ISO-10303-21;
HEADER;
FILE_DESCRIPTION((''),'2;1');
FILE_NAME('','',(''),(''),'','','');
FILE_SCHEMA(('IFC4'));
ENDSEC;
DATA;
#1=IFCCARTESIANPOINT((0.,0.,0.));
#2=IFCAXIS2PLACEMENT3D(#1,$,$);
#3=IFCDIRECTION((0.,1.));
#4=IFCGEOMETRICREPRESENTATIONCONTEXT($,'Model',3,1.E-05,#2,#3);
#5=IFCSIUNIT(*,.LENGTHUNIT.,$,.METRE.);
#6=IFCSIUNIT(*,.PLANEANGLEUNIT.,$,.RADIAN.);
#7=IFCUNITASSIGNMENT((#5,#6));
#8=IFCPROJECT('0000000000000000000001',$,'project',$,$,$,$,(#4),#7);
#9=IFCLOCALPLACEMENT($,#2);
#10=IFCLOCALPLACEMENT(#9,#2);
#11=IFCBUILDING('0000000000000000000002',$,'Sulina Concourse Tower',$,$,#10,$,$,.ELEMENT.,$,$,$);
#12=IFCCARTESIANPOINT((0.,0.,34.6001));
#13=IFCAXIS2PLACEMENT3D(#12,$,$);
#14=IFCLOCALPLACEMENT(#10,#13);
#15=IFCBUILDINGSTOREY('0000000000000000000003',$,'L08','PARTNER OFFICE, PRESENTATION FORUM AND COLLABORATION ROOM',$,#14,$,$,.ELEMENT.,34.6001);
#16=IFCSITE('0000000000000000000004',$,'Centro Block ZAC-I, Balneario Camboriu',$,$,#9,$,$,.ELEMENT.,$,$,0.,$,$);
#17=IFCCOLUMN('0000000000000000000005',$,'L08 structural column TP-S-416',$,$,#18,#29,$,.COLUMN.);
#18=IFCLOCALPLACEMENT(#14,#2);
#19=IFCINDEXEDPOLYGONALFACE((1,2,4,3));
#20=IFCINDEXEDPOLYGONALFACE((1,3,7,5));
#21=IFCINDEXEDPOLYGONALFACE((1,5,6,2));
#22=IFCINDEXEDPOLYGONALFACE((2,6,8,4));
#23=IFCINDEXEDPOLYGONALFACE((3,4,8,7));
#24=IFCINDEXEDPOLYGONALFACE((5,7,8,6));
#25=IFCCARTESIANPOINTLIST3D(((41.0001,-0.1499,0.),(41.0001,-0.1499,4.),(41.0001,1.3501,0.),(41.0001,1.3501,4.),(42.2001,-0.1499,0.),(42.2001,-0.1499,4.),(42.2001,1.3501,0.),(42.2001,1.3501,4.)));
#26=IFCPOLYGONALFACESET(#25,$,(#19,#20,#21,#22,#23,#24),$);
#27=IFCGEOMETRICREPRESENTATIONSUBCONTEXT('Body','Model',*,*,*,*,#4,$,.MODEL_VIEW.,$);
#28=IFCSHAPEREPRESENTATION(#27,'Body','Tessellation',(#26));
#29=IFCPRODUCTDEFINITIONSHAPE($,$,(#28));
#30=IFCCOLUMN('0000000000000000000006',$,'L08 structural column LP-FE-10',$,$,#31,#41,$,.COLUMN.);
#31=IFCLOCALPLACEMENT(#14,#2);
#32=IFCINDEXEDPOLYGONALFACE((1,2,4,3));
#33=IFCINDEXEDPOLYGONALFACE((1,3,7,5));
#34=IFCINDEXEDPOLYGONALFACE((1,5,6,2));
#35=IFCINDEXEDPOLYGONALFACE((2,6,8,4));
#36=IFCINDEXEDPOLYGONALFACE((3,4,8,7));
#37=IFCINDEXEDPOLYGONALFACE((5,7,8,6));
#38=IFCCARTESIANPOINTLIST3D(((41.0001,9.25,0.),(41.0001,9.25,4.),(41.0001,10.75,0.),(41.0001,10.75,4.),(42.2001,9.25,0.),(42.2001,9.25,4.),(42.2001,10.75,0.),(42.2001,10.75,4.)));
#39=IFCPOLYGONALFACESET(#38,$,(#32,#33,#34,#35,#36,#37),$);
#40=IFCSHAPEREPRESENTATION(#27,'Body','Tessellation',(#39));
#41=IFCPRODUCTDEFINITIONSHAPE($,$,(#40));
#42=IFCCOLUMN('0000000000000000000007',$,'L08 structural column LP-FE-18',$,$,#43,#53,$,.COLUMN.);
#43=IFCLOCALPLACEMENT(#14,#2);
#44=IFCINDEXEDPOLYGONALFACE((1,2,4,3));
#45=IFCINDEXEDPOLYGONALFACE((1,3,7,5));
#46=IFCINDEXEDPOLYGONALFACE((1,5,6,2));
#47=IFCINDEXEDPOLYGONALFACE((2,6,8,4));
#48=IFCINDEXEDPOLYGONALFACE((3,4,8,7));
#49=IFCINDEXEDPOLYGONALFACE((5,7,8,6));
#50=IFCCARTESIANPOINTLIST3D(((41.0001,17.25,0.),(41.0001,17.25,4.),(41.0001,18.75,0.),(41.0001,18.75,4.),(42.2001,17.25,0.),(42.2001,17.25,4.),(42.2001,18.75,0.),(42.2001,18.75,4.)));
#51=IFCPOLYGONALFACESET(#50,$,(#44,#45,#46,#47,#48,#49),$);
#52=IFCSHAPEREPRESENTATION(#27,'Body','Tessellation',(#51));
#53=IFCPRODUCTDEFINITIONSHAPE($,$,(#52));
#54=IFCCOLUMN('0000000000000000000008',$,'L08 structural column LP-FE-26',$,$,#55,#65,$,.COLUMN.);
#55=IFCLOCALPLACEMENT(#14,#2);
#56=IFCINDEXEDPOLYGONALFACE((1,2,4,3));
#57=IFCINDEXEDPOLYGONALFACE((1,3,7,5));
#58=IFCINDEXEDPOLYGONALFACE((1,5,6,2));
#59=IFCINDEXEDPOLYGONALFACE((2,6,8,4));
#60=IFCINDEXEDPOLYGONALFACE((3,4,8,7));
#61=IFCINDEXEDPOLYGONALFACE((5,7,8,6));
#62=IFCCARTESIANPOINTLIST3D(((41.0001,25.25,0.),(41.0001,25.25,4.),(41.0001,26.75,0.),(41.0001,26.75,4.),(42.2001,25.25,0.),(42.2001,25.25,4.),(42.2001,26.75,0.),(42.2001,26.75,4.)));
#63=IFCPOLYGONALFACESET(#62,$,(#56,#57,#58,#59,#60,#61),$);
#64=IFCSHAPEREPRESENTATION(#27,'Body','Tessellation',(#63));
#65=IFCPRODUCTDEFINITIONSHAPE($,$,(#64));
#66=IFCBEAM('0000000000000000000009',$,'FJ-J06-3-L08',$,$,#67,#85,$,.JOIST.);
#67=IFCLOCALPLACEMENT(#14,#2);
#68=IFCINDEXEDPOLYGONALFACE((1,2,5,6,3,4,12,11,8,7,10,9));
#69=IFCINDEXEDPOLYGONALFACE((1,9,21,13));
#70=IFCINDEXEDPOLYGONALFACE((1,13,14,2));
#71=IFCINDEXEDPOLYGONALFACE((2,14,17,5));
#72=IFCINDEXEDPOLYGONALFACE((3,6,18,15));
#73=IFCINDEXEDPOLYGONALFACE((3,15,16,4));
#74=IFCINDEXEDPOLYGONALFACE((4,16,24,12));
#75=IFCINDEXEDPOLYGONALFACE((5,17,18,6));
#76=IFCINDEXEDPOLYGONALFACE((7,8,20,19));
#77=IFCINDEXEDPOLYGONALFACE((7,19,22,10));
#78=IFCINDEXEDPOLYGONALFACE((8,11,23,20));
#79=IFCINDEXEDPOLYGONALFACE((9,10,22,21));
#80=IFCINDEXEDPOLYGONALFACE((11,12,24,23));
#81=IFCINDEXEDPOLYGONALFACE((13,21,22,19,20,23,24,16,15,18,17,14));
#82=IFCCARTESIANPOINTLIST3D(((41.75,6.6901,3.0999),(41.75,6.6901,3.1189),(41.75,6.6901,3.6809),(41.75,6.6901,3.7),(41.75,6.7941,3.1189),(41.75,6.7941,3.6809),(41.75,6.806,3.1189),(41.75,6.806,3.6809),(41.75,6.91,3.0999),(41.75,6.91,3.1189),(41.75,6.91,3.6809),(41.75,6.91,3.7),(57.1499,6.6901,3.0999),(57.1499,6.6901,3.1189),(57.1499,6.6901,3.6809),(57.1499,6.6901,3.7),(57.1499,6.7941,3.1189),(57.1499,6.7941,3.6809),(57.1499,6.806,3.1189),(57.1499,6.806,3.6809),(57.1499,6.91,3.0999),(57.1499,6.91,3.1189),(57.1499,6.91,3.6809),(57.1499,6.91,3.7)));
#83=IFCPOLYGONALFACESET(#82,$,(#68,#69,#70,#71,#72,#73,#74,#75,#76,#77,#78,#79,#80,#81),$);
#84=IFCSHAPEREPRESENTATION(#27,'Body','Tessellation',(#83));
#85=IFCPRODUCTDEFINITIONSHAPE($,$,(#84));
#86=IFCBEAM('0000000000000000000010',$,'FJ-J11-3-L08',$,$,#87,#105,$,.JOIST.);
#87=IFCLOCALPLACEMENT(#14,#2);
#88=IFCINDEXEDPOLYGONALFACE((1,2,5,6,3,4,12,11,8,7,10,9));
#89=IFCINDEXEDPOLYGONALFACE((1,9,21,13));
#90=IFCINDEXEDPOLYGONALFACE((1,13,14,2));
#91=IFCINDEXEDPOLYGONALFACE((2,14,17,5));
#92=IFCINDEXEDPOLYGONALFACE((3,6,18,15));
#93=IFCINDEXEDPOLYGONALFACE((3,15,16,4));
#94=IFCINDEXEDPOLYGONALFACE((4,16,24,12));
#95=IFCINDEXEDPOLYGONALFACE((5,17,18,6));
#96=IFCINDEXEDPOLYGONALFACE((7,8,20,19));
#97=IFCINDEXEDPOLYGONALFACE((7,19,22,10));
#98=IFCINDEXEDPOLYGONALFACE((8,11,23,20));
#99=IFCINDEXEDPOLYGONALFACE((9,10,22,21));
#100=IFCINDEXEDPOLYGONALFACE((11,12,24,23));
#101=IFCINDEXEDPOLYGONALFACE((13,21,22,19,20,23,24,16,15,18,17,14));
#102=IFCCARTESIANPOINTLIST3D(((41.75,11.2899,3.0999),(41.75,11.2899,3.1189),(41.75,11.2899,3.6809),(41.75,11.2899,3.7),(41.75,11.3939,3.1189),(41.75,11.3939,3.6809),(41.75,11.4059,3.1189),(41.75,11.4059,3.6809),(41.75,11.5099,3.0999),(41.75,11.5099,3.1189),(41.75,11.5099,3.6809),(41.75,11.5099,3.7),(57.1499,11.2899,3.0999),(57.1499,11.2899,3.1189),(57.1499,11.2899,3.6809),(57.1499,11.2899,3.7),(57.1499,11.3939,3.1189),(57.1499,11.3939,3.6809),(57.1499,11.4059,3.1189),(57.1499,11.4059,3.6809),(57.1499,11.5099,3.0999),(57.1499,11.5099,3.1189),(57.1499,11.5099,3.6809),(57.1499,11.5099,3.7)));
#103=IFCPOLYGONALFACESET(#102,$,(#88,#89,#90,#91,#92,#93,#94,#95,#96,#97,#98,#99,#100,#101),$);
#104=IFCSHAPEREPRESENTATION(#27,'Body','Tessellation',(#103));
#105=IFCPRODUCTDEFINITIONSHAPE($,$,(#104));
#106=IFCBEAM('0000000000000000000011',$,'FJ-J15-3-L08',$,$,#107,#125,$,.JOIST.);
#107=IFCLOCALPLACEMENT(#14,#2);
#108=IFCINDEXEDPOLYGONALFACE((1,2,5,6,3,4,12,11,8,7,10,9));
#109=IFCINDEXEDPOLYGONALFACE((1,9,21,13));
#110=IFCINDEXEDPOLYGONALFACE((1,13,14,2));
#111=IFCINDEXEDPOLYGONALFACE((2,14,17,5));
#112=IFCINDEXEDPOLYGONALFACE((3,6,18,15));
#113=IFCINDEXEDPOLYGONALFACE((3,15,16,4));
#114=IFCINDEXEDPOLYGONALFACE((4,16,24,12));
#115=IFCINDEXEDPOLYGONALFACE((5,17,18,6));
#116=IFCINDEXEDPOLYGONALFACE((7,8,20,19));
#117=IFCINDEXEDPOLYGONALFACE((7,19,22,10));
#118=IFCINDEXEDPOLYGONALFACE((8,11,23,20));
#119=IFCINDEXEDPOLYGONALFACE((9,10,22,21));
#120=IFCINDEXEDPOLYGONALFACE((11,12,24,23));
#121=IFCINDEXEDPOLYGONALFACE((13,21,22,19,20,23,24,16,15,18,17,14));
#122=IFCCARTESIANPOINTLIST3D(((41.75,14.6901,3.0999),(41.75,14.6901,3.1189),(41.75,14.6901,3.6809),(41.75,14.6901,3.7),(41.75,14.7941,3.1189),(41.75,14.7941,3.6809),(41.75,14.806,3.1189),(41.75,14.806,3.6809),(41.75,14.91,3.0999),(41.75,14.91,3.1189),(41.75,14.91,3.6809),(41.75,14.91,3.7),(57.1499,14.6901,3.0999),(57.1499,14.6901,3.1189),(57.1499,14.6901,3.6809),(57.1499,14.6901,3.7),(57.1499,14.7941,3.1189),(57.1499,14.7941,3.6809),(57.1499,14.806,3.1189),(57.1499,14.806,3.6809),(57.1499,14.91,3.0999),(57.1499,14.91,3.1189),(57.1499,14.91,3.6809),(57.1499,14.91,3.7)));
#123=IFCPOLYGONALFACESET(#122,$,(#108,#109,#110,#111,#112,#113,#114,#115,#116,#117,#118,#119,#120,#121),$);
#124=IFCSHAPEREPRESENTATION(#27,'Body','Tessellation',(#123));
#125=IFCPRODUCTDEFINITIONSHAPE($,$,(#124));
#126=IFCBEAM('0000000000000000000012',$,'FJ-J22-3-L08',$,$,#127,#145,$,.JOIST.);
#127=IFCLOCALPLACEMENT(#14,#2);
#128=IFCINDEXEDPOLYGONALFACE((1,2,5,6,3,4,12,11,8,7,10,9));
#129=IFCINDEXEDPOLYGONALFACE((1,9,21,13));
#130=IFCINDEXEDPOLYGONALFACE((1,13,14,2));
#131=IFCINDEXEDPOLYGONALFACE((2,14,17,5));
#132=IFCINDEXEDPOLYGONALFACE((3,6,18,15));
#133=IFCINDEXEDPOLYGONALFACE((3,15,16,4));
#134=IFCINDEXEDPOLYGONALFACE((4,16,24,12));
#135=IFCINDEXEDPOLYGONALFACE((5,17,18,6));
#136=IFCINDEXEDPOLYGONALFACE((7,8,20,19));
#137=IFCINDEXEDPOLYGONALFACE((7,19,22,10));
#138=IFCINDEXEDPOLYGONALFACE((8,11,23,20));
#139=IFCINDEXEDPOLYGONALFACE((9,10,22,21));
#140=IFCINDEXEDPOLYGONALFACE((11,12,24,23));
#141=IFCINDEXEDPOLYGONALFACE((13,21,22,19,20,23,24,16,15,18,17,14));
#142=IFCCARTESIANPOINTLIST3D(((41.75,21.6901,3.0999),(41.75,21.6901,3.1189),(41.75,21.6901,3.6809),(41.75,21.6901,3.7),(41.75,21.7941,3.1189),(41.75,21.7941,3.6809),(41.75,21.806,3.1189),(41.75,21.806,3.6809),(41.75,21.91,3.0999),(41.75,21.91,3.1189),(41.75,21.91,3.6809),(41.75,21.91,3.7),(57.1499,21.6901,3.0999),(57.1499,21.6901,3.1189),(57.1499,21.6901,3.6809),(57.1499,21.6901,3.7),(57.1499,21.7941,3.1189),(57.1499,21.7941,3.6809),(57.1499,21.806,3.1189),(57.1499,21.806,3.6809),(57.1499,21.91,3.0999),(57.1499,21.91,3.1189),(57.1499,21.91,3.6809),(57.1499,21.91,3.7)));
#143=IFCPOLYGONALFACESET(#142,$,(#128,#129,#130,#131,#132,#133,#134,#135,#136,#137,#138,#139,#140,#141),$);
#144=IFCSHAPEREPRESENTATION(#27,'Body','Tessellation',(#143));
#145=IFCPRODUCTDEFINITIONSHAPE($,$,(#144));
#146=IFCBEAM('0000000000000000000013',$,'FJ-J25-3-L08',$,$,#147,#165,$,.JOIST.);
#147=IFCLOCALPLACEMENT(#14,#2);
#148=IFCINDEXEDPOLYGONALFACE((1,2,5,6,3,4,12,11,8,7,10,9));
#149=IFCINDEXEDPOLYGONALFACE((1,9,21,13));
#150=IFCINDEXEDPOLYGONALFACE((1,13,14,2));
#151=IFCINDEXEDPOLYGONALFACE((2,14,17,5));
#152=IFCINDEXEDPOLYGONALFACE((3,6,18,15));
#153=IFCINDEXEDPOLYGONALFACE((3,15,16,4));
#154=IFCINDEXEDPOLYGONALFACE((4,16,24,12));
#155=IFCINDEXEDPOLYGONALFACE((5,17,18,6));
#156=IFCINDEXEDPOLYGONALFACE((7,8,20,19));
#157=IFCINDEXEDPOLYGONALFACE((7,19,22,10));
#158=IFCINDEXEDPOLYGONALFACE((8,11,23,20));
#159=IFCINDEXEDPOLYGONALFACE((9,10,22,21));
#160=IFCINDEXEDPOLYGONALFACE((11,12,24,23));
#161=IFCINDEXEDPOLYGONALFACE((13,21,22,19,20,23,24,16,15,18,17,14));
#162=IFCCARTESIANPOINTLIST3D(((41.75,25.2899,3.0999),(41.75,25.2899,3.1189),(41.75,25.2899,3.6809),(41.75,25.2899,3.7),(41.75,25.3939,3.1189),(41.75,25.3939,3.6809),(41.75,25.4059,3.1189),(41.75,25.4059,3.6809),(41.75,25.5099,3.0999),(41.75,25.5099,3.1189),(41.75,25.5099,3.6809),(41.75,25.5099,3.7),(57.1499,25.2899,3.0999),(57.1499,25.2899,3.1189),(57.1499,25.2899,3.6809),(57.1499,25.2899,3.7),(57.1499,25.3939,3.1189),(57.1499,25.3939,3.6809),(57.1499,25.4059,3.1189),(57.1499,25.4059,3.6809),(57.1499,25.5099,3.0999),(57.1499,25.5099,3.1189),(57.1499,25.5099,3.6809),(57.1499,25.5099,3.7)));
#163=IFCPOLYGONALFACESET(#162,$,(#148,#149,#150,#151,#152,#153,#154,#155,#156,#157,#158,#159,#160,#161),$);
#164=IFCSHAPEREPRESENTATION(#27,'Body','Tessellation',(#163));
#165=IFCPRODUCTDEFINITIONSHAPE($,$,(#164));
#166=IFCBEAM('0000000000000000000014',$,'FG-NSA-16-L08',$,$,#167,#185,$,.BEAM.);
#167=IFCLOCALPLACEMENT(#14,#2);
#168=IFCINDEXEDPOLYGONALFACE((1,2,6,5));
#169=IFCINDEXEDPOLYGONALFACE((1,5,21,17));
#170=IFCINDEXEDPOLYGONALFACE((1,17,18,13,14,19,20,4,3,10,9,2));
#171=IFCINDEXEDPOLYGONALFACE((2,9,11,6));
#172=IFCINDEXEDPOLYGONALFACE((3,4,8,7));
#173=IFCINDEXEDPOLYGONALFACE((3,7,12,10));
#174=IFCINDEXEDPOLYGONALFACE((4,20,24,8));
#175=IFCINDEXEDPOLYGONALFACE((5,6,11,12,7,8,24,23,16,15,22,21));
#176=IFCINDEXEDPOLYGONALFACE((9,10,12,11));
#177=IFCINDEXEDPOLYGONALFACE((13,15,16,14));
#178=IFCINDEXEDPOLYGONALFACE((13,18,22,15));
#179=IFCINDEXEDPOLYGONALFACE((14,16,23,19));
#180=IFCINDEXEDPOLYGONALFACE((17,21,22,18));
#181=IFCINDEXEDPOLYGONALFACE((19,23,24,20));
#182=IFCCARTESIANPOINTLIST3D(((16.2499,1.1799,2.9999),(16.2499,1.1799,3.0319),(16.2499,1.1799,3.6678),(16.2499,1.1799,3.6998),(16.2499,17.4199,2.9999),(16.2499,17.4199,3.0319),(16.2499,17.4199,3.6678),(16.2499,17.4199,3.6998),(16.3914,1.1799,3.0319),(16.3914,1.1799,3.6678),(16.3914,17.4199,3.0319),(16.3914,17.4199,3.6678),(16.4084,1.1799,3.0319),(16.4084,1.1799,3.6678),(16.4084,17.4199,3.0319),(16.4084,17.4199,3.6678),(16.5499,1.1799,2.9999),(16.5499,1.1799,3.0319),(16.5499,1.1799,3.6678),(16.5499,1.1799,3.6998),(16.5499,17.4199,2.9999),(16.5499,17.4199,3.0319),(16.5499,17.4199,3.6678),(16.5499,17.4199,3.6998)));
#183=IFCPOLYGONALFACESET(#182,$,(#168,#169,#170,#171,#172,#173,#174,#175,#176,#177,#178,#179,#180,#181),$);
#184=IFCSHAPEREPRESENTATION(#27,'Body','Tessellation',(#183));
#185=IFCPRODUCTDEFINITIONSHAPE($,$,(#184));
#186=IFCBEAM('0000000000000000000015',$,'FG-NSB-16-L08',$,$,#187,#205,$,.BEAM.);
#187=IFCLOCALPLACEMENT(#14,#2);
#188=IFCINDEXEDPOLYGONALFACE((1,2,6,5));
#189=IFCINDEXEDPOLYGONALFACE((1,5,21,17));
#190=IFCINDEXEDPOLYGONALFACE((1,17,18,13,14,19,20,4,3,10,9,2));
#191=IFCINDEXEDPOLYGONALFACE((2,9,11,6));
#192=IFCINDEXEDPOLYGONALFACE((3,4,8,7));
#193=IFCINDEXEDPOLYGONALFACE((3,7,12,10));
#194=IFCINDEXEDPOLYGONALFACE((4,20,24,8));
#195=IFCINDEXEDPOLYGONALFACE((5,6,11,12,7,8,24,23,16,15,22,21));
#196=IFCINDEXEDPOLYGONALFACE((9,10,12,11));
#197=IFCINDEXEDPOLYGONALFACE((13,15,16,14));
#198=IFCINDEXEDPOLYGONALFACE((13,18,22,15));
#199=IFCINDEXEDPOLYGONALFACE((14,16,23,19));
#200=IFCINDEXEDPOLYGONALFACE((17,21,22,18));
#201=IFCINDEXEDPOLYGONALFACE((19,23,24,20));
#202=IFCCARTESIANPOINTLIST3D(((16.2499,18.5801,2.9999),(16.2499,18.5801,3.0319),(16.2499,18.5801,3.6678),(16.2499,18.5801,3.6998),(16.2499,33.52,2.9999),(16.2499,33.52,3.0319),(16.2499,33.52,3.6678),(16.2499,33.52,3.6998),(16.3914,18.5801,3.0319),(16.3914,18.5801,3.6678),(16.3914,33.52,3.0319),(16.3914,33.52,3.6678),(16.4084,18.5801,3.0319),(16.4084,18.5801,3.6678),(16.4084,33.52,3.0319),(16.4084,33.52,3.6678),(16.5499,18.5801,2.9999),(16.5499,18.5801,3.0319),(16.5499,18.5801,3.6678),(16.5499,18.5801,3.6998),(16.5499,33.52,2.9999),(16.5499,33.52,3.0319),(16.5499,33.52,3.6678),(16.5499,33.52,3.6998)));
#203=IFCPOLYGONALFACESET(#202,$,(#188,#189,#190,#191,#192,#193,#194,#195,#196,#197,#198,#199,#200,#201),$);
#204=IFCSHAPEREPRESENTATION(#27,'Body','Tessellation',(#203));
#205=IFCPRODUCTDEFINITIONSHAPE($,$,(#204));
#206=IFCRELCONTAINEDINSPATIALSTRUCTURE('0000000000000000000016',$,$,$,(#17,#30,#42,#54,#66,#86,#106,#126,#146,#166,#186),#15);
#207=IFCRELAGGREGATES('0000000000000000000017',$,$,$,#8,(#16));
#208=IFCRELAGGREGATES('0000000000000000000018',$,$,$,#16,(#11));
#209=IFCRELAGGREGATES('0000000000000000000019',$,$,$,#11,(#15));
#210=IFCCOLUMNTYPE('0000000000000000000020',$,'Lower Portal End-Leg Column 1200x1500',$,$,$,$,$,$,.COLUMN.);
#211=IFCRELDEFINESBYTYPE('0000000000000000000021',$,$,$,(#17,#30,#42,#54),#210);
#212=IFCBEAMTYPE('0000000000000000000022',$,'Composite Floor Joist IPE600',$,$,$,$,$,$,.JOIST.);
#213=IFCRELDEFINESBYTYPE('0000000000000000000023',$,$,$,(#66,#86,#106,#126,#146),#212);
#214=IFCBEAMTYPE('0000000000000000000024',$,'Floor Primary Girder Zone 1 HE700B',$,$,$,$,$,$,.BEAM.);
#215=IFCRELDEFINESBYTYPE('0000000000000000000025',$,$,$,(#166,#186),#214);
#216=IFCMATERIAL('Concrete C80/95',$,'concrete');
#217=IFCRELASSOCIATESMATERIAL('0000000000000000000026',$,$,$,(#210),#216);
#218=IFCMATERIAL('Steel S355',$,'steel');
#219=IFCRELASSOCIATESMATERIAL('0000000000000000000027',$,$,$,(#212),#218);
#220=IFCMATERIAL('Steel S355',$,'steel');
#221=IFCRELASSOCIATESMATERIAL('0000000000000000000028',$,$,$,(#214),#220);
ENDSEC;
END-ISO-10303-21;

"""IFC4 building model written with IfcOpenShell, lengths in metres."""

from ifc_helpers import new_model, si_unit, direction, frame, origin, origin_2d, place, context, subcontext, project, spatial, rectangle, i_section, extrude, material, material_profile, profile_set, type_object, element, save


model = new_model("IFC4")

# Units and contexts
model_context = context("Model", 3, precision=1e-05, world=origin(), true_north=direction((0.0, 1.0)))
body_context = subcontext(model_context, "Body", "Model", "MODEL_VIEW")
ifc_project = project(units=[si_unit("LENGTHUNIT", "METRE"), si_unit("PLANEANGLEUNIT", "RADIAN")], contexts=[model_context])

# Site, building, storey
site_placement = place(None, origin())
site = spatial("IfcSite", under=ifc_project, at=site_placement, Name="Centro Block ZAC-I, Balneario Camboriu", CompositionType="ELEMENT", RefElevation=0.0)
building_placement = place(site_placement, origin())
building = spatial("IfcBuilding", under=site, at=building_placement, Name="Sulina Concourse Tower", CompositionType="ELEMENT")
storey_placement = place(building_placement, frame((0.0, 0.0, 34.6001)))
storey = spatial("IfcBuildingStorey", under=building, at=storey_placement, Name="L08", Description="PARTNER OFFICE, PRESENTATION FORUM AND COLLABORATION ROOM", CompositionType="ELEMENT", Elevation=34.6001)

# Columns
ifc_material_1 = material(Name="Concrete C80/95", Category="concrete")
ifc_material_profile_1 = material_profile(ifc_material_1, rectangle(XDim=1.2, YDim=1.5, at=origin_2d()), Name="RC 1200x1500")
ifc_profile_set_1 = profile_set([ifc_material_profile_1], Name="Concrete C80/95")
column_type = type_object("IfcColumnType", Name="Lower Portal End-Leg Column 1200x1500", PredefinedType="COLUMN", material=ifc_profile_set_1)
for number, where, z_axis, x_axis, name in (
    (1, (41.6001, 0.6001, 0.0), (0.0, 0.0, 1.0), (1.0, 0.0, 0.0), "L08 structural column TP-S-416"),
    (2, (41.6001, 10.0, 0.0), (0.0, 0.0, 1.0), (1.0, 0.0, 0.0), "L08 structural column LP-FE-10"),
    (3, (41.6001, 18.0, 0.0), (0.0, 0.0, 1.0), (1.0, 0.0, 0.0), "L08 structural column LP-FE-18"),
    (4, (41.6001, 26.0, 0.0), (0.0, 0.0, 1.0), (1.0, 0.0, 0.0), "L08 structural column LP-FE-26"),
):
    element("IfcColumn", number, at=place(storey_placement, frame(where, z_axis=z_axis, x_axis=x_axis)), inside=storey, type_object=column_type, Name=name, PredefinedType="COLUMN", context=body_context, shape_type="SweptSolid", body=[
        extrude(rectangle(XDim=1.2, YDim=1.5, at=origin_2d()), origin(), (0.0, 0.0, 1.0), 4.0),
    ])

# Beams
ifc_material_2 = material(Name="Steel S355", Category="steel")
ifc_material_profile_2 = material_profile(ifc_material_2, i_section(OverallWidth=0.22, OverallDepth=0.6001, WebThickness=0.012, FlangeThickness=0.019, at=origin_2d()), Name="IPE 600")
ifc_profile_set_2 = profile_set([ifc_material_profile_2], Name="Steel S355")
beam_type_1 = type_object("IfcBeamType", Name="Composite Floor Joist IPE600", PredefinedType="JOIST", material=ifc_profile_set_2)
for number, where, z_axis, x_axis, name in (
    (5, (41.75, 6.8, 3.3999), (1.0, 0.0, 0.0), (0.0, 1.0, 0.0), "FJ-J06-3-L08"),
    (6, (41.75, 11.3999, 3.3999), (1.0, 0.0, 0.0), (0.0, 1.0, 0.0), "FJ-J11-3-L08"),
    (7, (41.75, 14.8, 3.3999), (1.0, 0.0, 0.0), (0.0, 1.0, 0.0), "FJ-J15-3-L08"),
    (8, (41.75, 21.8, 3.3999), (1.0, 0.0, 0.0), (0.0, 1.0, 0.0), "FJ-J22-3-L08"),
    (9, (41.75, 25.3999, 3.3999), (1.0, 0.0, 0.0), (0.0, 1.0, 0.0), "FJ-J25-3-L08"),
):
    element("IfcBeam", number, at=place(storey_placement, frame(where, z_axis=z_axis, x_axis=x_axis)), inside=storey, type_object=beam_type_1, Name=name, PredefinedType="JOIST", context=body_context, shape_type="SweptSolid", body=[
        extrude(i_section(OverallWidth=0.22, OverallDepth=0.6001, WebThickness=0.012, FlangeThickness=0.019, at=origin_2d()), origin(), (0.0, 0.0, 1.0), 15.3999),
    ])
ifc_material_3 = material(Name="Steel S355", Category="steel")
ifc_material_profile_3 = material_profile(ifc_material_3, i_section(OverallWidth=0.3, OverallDepth=0.7, WebThickness=0.0171, FlangeThickness=0.032, at=origin_2d()), Name="HE 700 B")
ifc_profile_set_3 = profile_set([ifc_material_profile_3], Name="Steel S355")
beam_type_2 = type_object("IfcBeamType", Name="Floor Primary Girder Zone 1 HE700B", PredefinedType="BEAM", material=ifc_profile_set_3)
beam_1_placement = place(storey_placement, frame((16.3999, 1.1799, 3.3499), z_axis=(0.0, 1.0, 0.0), x_axis=(-1.0, 0.0, 0.0)))
element("IfcBeam", 10, at=beam_1_placement, inside=storey, type_object=beam_type_2, Name="FG-NSA-16-L08", PredefinedType="BEAM", context=body_context, shape_type="SweptSolid", body=[
    extrude(i_section(OverallWidth=0.3, OverallDepth=0.7, WebThickness=0.0171, FlangeThickness=0.032, at=origin_2d()), origin(), (0.0, 0.0, 1.0), 16.24),
])
beam_2_placement = place(storey_placement, frame((16.3999, 18.5801, 3.3499), z_axis=(0.0, 1.0, 0.0), x_axis=(-1.0, 0.0, 0.0)))
element("IfcBeam", 11, at=beam_2_placement, inside=storey, type_object=beam_type_2, Name="FG-NSB-16-L08", PredefinedType="BEAM", context=body_context, shape_type="SweptSolid", body=[
    extrude(i_section(OverallWidth=0.3, OverallDepth=0.7, WebThickness=0.0171, FlangeThickness=0.032, at=origin_2d()), origin(), (0.0, 0.0, 1.0), 14.9399),
])

save(model, "model.ifc")
